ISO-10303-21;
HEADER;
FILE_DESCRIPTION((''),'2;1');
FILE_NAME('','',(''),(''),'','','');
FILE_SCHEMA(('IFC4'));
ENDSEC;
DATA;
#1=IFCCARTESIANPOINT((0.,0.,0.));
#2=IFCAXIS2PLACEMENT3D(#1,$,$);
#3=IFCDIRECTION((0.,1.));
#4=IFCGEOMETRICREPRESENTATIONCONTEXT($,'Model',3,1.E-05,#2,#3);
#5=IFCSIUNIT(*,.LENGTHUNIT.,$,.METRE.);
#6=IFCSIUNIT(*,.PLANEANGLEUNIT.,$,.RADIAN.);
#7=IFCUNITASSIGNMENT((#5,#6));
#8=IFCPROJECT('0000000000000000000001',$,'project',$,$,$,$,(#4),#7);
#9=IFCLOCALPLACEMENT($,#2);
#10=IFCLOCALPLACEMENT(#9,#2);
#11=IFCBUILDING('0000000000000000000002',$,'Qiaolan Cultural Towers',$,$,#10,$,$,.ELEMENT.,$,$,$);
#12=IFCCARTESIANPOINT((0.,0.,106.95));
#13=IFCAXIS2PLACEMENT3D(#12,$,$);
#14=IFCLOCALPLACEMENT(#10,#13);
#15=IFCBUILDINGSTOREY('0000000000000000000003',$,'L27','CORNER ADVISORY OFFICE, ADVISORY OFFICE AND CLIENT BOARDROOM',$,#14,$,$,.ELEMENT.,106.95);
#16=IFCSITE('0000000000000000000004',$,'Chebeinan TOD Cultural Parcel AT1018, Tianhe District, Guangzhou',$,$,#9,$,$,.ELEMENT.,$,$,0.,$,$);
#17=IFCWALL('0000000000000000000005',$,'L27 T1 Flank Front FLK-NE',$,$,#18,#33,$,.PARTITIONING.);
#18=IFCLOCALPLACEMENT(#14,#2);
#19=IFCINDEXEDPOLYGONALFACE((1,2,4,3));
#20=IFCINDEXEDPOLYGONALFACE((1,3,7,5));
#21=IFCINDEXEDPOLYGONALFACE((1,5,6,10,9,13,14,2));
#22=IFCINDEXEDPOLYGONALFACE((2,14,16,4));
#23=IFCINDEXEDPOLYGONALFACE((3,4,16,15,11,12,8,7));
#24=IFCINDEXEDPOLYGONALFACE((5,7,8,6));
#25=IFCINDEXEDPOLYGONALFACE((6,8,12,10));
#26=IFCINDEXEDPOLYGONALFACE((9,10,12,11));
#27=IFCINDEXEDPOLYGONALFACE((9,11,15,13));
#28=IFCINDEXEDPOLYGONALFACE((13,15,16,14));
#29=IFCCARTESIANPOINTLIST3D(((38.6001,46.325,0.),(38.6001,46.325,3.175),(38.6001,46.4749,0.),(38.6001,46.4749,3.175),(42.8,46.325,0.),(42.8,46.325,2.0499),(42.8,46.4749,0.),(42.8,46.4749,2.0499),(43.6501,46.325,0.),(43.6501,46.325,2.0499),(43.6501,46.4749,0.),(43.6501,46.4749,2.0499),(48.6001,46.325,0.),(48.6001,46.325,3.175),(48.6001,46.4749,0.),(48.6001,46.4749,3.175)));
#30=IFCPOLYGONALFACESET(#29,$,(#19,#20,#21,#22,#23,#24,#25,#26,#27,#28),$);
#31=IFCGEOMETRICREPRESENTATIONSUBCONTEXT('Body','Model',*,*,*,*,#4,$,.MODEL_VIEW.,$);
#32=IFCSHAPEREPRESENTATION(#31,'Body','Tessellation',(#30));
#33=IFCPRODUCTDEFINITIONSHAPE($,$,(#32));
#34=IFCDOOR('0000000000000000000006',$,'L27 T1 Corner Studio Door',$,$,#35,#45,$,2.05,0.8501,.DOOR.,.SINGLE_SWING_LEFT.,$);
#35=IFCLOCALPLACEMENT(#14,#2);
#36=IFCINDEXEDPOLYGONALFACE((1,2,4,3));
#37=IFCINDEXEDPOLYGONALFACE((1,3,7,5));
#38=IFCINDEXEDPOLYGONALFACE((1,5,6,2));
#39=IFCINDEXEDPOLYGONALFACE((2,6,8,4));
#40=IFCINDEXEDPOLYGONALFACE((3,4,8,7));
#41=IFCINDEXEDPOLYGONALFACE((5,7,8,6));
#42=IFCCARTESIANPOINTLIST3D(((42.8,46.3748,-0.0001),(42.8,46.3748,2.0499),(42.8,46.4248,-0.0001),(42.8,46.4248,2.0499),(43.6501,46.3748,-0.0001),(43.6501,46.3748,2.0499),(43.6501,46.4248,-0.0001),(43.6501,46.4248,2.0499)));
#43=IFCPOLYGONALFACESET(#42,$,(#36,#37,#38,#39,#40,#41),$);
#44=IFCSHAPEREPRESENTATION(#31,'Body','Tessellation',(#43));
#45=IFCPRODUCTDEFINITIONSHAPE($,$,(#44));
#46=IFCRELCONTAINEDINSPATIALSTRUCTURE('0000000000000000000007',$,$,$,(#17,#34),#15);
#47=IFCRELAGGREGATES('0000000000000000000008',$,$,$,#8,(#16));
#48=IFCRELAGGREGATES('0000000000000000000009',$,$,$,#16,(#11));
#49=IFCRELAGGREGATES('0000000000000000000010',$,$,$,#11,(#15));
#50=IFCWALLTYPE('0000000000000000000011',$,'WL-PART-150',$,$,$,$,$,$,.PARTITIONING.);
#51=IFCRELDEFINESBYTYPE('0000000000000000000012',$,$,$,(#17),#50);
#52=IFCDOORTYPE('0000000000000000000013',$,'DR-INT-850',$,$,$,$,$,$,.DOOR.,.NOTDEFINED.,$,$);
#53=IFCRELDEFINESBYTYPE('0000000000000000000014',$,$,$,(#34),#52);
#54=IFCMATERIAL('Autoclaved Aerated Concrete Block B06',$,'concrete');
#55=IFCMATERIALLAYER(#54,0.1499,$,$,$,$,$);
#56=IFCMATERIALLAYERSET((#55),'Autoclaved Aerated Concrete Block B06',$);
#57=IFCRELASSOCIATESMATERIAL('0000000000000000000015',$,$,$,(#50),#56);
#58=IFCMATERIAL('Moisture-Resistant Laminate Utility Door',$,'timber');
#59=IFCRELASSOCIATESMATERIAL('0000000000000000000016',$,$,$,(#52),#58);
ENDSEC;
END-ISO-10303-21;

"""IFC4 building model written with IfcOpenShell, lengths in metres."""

from ifc_helpers import new_model, si_unit, direction, frame, frame_2d, origin, place, context, subcontext, project, spatial, rectangle, extrude, material, layer, layer_set, type_object, element, fill, save


model = new_model("IFC4")

# Units and contexts
model_context = context("Model", 3, precision=1e-05, world=origin(), true_north=direction((0.0, 1.0)))
body_context = subcontext(model_context, "Body", "Model", "MODEL_VIEW")
ifc_project = project(units=[si_unit("LENGTHUNIT", "METRE"), si_unit("PLANEANGLEUNIT", "RADIAN")], contexts=[model_context])

# Site, building, storey
site_placement = place(None, origin())
site = spatial("IfcSite", under=ifc_project, at=site_placement, Name="Chebeinan TOD Cultural Parcel AT1018, Tianhe District, Guangzhou", CompositionType="ELEMENT", RefElevation=0.0)
building_placement = place(site_placement, origin())
building = spatial("IfcBuilding", under=site, at=building_placement, Name="Qiaolan Cultural Towers", CompositionType="ELEMENT")
storey_placement = place(building_placement, frame((0.0, 0.0, 106.95)))
storey = spatial("IfcBuildingStorey", under=building, at=storey_placement, Name="L27", Description="CORNER ADVISORY OFFICE, ADVISORY OFFICE AND CLIENT BOARDROOM", CompositionType="ELEMENT", Elevation=106.95)

# Shared definitions
ifc_material_1 = material(Name="Autoclaved Aerated Concrete Block B06", Category="concrete")
ifc_layer_1 = layer(ifc_material_1, 0.1499)
ifc_layer_set_1 = layer_set([ifc_layer_1], Name="Autoclaved Aerated Concrete Block B06")
wall_type_1 = type_object("IfcWallType", Name="WL-PART-150", PredefinedType="PARTITIONING", material=ifc_layer_set_1)

# Wall, opening, door
wall_1_placement = place(storey_placement, frame((38.6001, 46.3999, 0.0), z_axis=(0.0, 0.0, 1.0), x_axis=(1.0, 0.0, 0.0)))
wall_1 = element("IfcWall", 1, at=wall_1_placement, inside=storey, type_object=wall_type_1, Name="L27 T1 Flank Front FLK-NE", PredefinedType="PARTITIONING", context=body_context, shape_type="SweptSolid", body=[
    extrude(rectangle(XDim=10.0, YDim=0.1499, at=frame_2d((5.0, 0.0))), origin(), (0.0, 0.0, 1.0), 3.175),
])
opening_1_placement = place(wall_1_placement, frame((4.2, 0.0, 0.0)))
opening_1 = element("IfcOpeningElement", 2, at=opening_1_placement, cuts=wall_1, PredefinedType="OPENING", context=body_context, shape_type="SweptSolid", body=[
    extrude(rectangle(XDim=0.8501, YDim=2.05, at=frame_2d((0.425, 1.0249))), frame((0.0, 0.085, 0.0), z_axis=(0.0, -1.0, 0.0), x_axis=(1.0, 0.0, 0.0)), (0.0, 0.0, 1.0), 0.1699),
])
ifc_material_2 = material(Name="Moisture-Resistant Laminate Utility Door", Category="timber")
door_type_1 = type_object("IfcDoorType", Name="DR-INT-850", OperationType="NOTDEFINED", PredefinedType="DOOR", material=ifc_material_2)
door_1_placement = place(opening_1_placement, origin())
door_1 = element("IfcDoor", 3, at=door_1_placement, inside=storey, type_object=door_type_1, Name="L27 T1 Corner Studio Door", OperationType="SINGLE_SWING_LEFT", OverallHeight=2.05, OverallWidth=0.8501, PredefinedType="DOOR", context=body_context, shape_type="SweptSolid", body=[
    extrude(rectangle(XDim=0.8501, YDim=2.05, at=frame_2d((0.425, 1.0249))), frame((0.0, 0.0249, 0.0), z_axis=(0.0, -1.0, 0.0), x_axis=(1.0, 0.0, 0.0)), (0.0, 0.0, 1.0), 0.05),
])
fill(opening_1, door_1)

save(model, "model.ifc")
